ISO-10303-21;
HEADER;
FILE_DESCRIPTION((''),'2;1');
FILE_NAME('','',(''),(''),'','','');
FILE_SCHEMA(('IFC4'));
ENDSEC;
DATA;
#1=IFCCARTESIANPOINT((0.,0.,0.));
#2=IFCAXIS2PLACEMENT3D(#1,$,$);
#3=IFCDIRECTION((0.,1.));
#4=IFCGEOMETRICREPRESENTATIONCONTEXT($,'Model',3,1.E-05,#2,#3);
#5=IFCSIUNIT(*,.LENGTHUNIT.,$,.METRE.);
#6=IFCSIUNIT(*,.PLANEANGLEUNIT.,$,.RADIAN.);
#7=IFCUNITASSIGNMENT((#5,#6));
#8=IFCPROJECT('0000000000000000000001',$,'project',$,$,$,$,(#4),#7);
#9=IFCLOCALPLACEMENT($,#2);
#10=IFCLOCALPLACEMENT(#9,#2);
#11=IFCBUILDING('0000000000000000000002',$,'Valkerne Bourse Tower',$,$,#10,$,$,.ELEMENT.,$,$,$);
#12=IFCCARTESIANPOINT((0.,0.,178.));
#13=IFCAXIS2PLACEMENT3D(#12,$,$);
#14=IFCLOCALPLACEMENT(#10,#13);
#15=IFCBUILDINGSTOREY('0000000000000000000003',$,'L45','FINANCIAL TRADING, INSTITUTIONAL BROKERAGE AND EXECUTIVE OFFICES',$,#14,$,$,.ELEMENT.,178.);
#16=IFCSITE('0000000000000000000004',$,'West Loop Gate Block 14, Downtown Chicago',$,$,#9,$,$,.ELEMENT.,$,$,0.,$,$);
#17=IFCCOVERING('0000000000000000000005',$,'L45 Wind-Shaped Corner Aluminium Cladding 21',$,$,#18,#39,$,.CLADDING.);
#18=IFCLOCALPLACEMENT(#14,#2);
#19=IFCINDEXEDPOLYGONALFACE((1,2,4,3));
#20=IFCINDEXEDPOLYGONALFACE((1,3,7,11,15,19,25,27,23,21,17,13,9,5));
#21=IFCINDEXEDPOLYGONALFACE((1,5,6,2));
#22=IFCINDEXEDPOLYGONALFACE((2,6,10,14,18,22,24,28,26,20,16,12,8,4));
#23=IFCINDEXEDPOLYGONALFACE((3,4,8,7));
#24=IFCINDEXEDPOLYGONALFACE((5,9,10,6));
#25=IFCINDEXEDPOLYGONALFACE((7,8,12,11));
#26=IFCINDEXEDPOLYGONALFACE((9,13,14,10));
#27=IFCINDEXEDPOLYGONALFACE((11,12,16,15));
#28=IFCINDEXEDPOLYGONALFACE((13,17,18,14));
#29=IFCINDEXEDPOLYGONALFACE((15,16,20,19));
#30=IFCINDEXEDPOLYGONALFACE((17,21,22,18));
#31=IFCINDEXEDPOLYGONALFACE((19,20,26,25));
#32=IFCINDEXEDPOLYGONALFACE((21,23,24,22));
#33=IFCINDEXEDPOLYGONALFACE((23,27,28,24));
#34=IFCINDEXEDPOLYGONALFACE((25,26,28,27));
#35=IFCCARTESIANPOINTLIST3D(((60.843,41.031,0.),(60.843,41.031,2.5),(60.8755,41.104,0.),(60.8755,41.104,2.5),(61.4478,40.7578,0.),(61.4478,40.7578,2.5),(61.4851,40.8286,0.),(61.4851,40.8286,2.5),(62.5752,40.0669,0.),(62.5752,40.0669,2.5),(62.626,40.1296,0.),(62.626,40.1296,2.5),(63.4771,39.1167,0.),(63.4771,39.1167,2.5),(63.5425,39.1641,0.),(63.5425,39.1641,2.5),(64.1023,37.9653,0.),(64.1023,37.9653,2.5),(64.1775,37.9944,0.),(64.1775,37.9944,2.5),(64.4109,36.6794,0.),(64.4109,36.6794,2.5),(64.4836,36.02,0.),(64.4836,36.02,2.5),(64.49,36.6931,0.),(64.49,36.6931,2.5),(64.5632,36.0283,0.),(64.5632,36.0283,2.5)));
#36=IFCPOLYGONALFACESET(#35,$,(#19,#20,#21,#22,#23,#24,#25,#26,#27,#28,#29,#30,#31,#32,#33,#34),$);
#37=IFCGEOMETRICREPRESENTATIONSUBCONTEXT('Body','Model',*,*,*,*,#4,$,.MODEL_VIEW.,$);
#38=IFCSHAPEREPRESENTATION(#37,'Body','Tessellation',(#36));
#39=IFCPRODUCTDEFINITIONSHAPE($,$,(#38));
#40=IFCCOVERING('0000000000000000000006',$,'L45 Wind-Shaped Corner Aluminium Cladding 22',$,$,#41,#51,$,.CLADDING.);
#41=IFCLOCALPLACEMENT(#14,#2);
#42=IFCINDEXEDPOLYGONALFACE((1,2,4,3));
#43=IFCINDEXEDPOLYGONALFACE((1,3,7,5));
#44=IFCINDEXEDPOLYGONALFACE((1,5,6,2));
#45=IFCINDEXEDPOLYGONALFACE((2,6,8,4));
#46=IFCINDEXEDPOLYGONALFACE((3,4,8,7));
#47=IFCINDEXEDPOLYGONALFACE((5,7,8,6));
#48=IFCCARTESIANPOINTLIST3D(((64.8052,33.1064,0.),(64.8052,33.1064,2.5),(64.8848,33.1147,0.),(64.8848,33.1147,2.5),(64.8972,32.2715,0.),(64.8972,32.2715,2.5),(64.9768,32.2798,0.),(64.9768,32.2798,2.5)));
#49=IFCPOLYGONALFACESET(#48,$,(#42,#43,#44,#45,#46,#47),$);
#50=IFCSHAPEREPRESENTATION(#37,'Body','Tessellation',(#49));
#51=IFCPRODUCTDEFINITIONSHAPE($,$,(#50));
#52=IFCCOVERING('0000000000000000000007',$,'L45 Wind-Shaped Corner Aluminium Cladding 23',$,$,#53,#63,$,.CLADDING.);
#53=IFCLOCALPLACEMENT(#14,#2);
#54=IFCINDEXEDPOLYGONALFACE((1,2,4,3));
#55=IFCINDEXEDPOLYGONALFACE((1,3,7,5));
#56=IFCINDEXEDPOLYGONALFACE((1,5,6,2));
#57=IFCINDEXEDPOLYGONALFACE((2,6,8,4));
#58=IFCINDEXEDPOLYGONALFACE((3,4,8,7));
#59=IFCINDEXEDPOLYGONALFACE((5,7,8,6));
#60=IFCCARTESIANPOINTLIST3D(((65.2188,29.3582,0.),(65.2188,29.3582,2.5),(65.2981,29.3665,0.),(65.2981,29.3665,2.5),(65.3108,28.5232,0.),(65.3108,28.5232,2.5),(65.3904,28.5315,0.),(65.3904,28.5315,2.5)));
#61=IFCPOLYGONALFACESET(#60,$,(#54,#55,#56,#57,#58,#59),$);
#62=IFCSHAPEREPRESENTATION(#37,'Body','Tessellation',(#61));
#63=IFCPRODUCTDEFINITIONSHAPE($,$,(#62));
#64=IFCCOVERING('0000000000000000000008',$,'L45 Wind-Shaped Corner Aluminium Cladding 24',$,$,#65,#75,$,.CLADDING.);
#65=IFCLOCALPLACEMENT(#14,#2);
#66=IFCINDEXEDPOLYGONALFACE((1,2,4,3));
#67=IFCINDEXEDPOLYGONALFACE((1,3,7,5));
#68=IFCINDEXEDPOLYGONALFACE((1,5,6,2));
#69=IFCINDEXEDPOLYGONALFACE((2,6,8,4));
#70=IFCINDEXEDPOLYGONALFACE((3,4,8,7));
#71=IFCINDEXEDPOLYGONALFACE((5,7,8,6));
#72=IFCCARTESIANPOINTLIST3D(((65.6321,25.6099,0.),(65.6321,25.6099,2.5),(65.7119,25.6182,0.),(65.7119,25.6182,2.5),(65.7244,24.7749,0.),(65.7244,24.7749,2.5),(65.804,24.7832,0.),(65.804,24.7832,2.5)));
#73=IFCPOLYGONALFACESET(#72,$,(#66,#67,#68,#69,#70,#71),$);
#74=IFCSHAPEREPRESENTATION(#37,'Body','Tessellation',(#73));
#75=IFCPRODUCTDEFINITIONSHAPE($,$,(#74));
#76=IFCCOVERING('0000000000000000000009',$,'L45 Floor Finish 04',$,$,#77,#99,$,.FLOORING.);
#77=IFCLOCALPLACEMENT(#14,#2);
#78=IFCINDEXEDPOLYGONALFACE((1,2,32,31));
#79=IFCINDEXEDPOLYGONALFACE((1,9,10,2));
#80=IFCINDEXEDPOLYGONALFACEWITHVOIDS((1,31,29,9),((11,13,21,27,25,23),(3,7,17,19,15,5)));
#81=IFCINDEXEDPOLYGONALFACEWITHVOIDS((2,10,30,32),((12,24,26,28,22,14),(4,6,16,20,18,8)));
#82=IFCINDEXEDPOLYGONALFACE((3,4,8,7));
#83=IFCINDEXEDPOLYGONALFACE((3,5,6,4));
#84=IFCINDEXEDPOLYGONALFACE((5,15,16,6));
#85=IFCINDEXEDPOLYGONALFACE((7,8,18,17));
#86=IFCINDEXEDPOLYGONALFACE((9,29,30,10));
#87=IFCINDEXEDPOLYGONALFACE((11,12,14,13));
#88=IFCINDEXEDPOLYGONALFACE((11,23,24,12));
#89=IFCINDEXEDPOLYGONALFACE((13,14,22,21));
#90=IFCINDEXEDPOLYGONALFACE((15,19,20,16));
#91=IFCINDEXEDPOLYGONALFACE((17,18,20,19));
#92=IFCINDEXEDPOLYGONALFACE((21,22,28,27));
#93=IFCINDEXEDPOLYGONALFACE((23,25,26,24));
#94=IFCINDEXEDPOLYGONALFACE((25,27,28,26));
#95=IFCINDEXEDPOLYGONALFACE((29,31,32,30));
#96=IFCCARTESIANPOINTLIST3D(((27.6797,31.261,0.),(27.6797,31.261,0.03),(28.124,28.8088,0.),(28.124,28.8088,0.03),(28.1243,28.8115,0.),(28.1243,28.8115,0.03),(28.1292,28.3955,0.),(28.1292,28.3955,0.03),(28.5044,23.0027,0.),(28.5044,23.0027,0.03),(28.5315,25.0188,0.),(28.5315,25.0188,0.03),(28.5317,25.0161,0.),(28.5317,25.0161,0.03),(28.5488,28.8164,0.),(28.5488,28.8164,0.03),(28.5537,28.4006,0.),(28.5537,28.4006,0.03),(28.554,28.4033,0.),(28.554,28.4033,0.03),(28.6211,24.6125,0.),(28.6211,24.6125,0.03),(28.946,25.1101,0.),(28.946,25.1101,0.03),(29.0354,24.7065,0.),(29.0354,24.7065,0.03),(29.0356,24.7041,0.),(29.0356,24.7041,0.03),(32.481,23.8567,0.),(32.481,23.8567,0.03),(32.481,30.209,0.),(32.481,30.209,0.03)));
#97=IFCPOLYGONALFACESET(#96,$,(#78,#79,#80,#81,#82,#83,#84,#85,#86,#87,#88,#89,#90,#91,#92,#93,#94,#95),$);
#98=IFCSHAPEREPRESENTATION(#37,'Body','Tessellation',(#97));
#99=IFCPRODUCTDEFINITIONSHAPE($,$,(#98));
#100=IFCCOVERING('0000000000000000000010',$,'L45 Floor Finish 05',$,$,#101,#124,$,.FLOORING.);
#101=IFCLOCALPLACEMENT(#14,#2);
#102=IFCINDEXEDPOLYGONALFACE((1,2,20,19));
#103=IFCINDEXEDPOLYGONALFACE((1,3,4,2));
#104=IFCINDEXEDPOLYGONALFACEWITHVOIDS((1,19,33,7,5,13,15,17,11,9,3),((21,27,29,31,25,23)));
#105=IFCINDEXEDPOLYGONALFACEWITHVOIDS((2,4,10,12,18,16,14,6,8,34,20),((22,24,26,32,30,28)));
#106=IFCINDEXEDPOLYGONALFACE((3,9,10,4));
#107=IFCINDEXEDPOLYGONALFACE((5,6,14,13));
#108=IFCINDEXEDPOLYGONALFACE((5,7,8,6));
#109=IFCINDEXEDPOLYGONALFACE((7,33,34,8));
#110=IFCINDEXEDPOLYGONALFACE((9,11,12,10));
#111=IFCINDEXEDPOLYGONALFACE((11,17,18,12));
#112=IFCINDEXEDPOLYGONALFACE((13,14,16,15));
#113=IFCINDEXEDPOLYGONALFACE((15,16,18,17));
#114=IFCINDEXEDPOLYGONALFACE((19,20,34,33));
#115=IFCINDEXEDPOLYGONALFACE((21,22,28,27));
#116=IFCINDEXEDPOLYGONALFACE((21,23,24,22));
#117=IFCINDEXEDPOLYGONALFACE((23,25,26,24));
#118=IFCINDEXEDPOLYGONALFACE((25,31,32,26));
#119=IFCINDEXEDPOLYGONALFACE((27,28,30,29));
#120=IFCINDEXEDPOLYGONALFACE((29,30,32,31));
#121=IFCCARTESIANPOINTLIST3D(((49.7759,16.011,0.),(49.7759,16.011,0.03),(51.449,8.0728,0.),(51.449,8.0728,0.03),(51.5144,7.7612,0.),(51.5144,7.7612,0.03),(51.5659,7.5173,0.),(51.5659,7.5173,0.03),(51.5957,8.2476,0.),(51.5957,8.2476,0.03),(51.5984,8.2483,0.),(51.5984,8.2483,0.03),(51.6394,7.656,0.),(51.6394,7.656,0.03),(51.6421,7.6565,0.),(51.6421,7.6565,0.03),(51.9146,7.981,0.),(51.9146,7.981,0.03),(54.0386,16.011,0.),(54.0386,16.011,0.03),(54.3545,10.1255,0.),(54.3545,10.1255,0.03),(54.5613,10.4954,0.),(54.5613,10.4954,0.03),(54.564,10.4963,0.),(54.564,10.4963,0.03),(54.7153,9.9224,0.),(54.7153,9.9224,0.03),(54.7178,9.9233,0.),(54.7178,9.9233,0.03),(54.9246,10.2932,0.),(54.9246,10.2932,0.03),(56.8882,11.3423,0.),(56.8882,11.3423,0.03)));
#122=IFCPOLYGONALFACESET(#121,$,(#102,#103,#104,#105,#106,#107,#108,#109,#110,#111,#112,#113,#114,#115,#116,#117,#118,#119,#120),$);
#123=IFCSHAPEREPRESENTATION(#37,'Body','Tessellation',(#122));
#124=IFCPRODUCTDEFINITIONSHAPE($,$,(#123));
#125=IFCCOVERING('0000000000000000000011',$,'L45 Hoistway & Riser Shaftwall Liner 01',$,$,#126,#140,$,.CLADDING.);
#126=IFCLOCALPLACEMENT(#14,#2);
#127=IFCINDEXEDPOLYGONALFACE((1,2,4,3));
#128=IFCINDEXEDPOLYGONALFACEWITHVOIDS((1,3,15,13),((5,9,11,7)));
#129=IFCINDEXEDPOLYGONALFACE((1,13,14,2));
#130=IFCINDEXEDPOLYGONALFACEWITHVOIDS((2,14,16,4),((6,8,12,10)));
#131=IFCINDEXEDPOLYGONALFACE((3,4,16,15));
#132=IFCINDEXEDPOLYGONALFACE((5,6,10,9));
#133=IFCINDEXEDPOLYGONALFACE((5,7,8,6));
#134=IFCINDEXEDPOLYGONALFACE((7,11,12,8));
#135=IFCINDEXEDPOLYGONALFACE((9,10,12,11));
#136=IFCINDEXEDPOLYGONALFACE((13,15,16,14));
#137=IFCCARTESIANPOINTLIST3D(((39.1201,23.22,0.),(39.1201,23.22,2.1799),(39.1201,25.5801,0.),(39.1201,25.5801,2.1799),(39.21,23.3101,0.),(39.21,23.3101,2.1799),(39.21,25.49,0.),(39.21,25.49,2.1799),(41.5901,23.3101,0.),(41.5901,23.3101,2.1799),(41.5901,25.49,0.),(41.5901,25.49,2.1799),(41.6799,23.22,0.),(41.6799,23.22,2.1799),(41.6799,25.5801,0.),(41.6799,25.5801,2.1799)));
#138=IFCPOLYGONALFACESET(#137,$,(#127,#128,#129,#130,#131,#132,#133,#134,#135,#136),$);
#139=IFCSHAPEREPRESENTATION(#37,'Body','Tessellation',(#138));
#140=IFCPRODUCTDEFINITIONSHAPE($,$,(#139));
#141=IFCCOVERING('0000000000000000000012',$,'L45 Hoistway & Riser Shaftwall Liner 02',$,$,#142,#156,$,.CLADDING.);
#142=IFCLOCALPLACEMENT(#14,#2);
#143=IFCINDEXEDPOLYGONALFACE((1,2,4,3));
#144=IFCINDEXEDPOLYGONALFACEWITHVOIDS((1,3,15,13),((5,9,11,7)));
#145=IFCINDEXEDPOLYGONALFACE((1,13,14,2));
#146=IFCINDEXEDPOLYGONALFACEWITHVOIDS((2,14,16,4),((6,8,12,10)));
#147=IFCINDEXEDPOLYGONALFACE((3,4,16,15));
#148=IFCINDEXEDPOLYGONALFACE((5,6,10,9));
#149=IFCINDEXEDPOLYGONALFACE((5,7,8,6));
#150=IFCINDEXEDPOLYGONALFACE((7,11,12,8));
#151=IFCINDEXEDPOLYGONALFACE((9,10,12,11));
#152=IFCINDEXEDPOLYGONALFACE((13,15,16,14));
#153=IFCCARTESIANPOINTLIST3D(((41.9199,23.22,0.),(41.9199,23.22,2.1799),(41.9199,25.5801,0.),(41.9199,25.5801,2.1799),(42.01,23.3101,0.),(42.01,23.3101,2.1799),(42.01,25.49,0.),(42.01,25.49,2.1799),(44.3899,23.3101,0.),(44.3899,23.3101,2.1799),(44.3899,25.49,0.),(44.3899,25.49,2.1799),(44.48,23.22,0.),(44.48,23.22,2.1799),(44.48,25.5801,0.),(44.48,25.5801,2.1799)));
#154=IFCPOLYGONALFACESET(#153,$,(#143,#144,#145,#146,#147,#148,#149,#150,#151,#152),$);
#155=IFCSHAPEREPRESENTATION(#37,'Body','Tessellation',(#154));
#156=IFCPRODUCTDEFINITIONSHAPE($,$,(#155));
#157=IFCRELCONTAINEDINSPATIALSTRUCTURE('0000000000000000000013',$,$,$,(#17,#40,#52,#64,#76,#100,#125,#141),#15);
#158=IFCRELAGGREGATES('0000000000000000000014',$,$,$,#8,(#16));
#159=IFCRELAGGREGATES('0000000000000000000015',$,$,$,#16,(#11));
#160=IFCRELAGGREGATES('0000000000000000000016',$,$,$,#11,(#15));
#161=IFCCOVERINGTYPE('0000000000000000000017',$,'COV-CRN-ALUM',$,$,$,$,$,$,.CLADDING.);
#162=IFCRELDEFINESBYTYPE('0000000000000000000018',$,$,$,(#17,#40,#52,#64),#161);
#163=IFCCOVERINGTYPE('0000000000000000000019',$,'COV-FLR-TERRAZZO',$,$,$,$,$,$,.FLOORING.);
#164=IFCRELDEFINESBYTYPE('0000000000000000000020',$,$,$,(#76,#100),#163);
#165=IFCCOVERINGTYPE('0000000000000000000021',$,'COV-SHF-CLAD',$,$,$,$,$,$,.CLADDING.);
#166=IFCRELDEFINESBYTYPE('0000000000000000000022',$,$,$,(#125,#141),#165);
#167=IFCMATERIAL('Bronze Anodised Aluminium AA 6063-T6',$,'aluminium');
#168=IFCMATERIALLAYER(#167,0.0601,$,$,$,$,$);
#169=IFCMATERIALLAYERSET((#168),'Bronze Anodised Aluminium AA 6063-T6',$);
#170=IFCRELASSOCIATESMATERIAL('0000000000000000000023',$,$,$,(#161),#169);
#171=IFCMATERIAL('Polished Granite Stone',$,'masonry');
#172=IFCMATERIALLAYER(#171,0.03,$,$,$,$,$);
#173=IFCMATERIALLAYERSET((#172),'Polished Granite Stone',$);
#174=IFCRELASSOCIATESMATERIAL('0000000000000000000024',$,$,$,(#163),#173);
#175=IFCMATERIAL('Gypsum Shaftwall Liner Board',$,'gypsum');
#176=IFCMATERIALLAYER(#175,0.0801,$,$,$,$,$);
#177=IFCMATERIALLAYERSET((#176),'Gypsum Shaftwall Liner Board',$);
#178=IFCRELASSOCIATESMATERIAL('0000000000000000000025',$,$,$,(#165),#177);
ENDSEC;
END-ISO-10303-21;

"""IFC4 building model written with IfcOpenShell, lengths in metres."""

from ifc_helpers import new_model, si_unit, direction, frame, origin, place, context, subcontext, project, spatial, polyline, outline, extrude, material, layer, layer_set, type_object, element, save


model = new_model("IFC4")

# Units and contexts
model_context = context("Model", 3, precision=1e-05, world=origin(), true_north=direction((0.0, 1.0)))
body_context = subcontext(model_context, "Body", "Model", "MODEL_VIEW")
ifc_project = project(units=[si_unit("LENGTHUNIT", "METRE"), si_unit("PLANEANGLEUNIT", "RADIAN")], contexts=[model_context])

# Site, building, storey
site_placement = place(None, origin())
site = spatial("IfcSite", under=ifc_project, at=site_placement, Name="West Loop Gate Block 14, Downtown Chicago", CompositionType="ELEMENT", RefElevation=0.0)
building_placement = place(site_placement, origin())
building = spatial("IfcBuilding", under=site, at=building_placement, Name="Valkerne Bourse Tower", CompositionType="ELEMENT")
storey_placement = place(building_placement, frame((0.0, 0.0, 178.0)))
storey = spatial("IfcBuildingStorey", under=building, at=storey_placement, Name="L45", Description="FINANCIAL TRADING, INSTITUTIONAL BROKERAGE AND EXECUTIVE OFFICES", CompositionType="ELEMENT", Elevation=178.0)

# Coverings
ifc_material_1 = material(Name="Bronze Anodised Aluminium AA 6063-T6", Category="aluminium")
ifc_layer_1 = layer(ifc_material_1, 0.0601)
ifc_layer_set_1 = layer_set([ifc_layer_1], Name="Bronze Anodised Aluminium AA 6063-T6")
covering_type_1 = type_object("IfcCoveringType", Name="COV-CRN-ALUM", PredefinedType="CLADDING", material=ifc_layer_set_1)
covering_1_placement = place(storey_placement, origin())
element("IfcCovering", 1, at=covering_1_placement, inside=storey, type_object=covering_type_1, Name="L45 Wind-Shaped Corner Aluminium Cladding 21", PredefinedType="CLADDING", context=body_context, shape_type="SweptSolid", body=[
    extrude(outline(polyline([(61.4851, 40.8286), (62.626, 40.1296), (63.5425, 39.1641), (64.1775, 37.9944), (64.49, 36.6931), (64.5632, 36.0283), (64.4836, 36.02), (64.4109, 36.6794), (64.1023, 37.9653), (63.4771, 39.1167), (62.5752, 40.0669), (61.4478, 40.7578), (60.843, 41.031), (60.8755, 41.104), (61.4851, 40.8286)])), origin(), (0.0, 0.0, 1.0), 2.5),
])
covering_2_placement = place(storey_placement, origin())
element("IfcCovering", 2, at=covering_2_placement, inside=storey, type_object=covering_type_1, Name="L45 Wind-Shaped Corner Aluminium Cladding 22", PredefinedType="CLADDING", context=body_context, shape_type="SweptSolid", body=[
    extrude(outline(polyline([(64.9768, 32.2798), (64.8972, 32.2715), (64.8052, 33.1064), (64.8848, 33.1147), (64.9768, 32.2798)])), origin(), (0.0, 0.0, 1.0), 2.5),
])
covering_3_placement = place(storey_placement, origin())
element("IfcCovering", 3, at=covering_3_placement, inside=storey, type_object=covering_type_1, Name="L45 Wind-Shaped Corner Aluminium Cladding 23", PredefinedType="CLADDING", context=body_context, shape_type="SweptSolid", body=[
    extrude(outline(polyline([(65.3904, 28.5315), (65.3108, 28.5232), (65.2188, 29.3582), (65.2981, 29.3665), (65.3904, 28.5315)])), origin(), (0.0, 0.0, 1.0), 2.5),
])
covering_4_placement = place(storey_placement, origin())
element("IfcCovering", 4, at=covering_4_placement, inside=storey, type_object=covering_type_1, Name="L45 Wind-Shaped Corner Aluminium Cladding 24", PredefinedType="CLADDING", context=body_context, shape_type="SweptSolid", body=[
    extrude(outline(polyline([(65.804, 24.7832), (65.7244, 24.7749), (65.6321, 25.6099), (65.7119, 25.6182), (65.804, 24.7832)])), origin(), (0.0, 0.0, 1.0), 2.5),
])
ifc_material_2 = material(Name="Polished Granite Stone", Category="masonry")
ifc_layer_2 = layer(ifc_material_2, 0.03)
ifc_layer_set_2 = layer_set([ifc_layer_2], Name="Polished Granite Stone")
covering_type_2 = type_object("IfcCoveringType", Name="COV-FLR-TERRAZZO", PredefinedType="FLOORING", material=ifc_layer_set_2)
covering_5_placement = place(storey_placement, origin())
element("IfcCovering", 5, at=covering_5_placement, inside=storey, type_object=covering_type_2, Name="L45 Floor Finish 04", PredefinedType="FLOORING", context=body_context, shape_type="SweptSolid", body=[
    extrude(outline(polyline([(32.481, 23.8567), (28.5044, 23.0027), (27.6797, 31.261), (32.481, 30.209), (32.481, 23.8567)]), holes=[polyline([(29.0354, 24.7065), (28.946, 25.1101), (28.5315, 25.0188), (28.5317, 25.0161), (28.6211, 24.6125), (29.0356, 24.7041), (29.0354, 24.7065)]), polyline([(28.554, 28.4033), (28.5488, 28.8164), (28.1243, 28.8115), (28.124, 28.8088), (28.1292, 28.3955), (28.5537, 28.4006), (28.554, 28.4033)])]), origin(), (0.0, 0.0, 1.0), 0.03),
])
covering_6_placement = place(storey_placement, origin())
element("IfcCovering", 6, at=covering_6_placement, inside=storey, type_object=covering_type_2, Name="L45 Floor Finish 05", PredefinedType="FLOORING", context=body_context, shape_type="SweptSolid", body=[
    extrude(outline(polyline([(54.0386, 16.011), (56.8882, 11.3423), (51.5659, 7.5173), (51.5144, 7.7612), (51.6394, 7.656), (51.6421, 7.6565), (51.9146, 7.981), (51.5984, 8.2483), (51.5957, 8.2476), (51.449, 8.0728), (49.7759, 16.011), (54.0386, 16.011)]), holes=[polyline([(54.9246, 10.2932), (54.564, 10.4963), (54.5613, 10.4954), (54.3545, 10.1255), (54.7153, 9.9224), (54.7178, 9.9233), (54.9246, 10.2932)])]), origin(), (0.0, 0.0, 1.0), 0.03),
])
ifc_material_3 = material(Name="Gypsum Shaftwall Liner Board", Category="gypsum")
ifc_layer_3 = layer(ifc_material_3, 0.0801)
ifc_layer_set_3 = layer_set([ifc_layer_3], Name="Gypsum Shaftwall Liner Board")
covering_type_3 = type_object("IfcCoveringType", Name="COV-SHF-CLAD", PredefinedType="CLADDING", material=ifc_layer_set_3)
covering_7_placement = place(storey_placement, origin())
element("IfcCovering", 7, at=covering_7_placement, inside=storey, type_object=covering_type_3, Name="L45 Hoistway & Riser Shaftwall Liner 01", PredefinedType="CLADDING", context=body_context, shape_type="SweptSolid", body=[
    extrude(outline(polyline([(41.6799, 25.5801), (41.6799, 23.22), (39.1201, 23.22), (39.1201, 25.5801), (41.6799, 25.5801)]), holes=[polyline([(41.5901, 25.49), (39.21, 25.49), (39.21, 23.3101), (41.5901, 23.3101), (41.5901, 25.49)])]), origin(), (0.0, 0.0, 1.0), 2.1799),
])
covering_8_placement = place(storey_placement, origin())
element("IfcCovering", 8, at=covering_8_placement, inside=storey, type_object=covering_type_3, Name="L45 Hoistway & Riser Shaftwall Liner 02", PredefinedType="CLADDING", context=body_context, shape_type="SweptSolid", body=[
    extrude(outline(polyline([(44.48, 23.22), (41.9199, 23.22), (41.9199, 25.5801), (44.48, 25.5801), (44.48, 23.22)]), holes=[polyline([(42.01, 25.49), (42.01, 23.3101), (44.3899, 23.3101), (44.3899, 25.49), (42.01, 25.49)])]), origin(), (0.0, 0.0, 1.0), 2.1799),
])

save(model, "model.ifc")
